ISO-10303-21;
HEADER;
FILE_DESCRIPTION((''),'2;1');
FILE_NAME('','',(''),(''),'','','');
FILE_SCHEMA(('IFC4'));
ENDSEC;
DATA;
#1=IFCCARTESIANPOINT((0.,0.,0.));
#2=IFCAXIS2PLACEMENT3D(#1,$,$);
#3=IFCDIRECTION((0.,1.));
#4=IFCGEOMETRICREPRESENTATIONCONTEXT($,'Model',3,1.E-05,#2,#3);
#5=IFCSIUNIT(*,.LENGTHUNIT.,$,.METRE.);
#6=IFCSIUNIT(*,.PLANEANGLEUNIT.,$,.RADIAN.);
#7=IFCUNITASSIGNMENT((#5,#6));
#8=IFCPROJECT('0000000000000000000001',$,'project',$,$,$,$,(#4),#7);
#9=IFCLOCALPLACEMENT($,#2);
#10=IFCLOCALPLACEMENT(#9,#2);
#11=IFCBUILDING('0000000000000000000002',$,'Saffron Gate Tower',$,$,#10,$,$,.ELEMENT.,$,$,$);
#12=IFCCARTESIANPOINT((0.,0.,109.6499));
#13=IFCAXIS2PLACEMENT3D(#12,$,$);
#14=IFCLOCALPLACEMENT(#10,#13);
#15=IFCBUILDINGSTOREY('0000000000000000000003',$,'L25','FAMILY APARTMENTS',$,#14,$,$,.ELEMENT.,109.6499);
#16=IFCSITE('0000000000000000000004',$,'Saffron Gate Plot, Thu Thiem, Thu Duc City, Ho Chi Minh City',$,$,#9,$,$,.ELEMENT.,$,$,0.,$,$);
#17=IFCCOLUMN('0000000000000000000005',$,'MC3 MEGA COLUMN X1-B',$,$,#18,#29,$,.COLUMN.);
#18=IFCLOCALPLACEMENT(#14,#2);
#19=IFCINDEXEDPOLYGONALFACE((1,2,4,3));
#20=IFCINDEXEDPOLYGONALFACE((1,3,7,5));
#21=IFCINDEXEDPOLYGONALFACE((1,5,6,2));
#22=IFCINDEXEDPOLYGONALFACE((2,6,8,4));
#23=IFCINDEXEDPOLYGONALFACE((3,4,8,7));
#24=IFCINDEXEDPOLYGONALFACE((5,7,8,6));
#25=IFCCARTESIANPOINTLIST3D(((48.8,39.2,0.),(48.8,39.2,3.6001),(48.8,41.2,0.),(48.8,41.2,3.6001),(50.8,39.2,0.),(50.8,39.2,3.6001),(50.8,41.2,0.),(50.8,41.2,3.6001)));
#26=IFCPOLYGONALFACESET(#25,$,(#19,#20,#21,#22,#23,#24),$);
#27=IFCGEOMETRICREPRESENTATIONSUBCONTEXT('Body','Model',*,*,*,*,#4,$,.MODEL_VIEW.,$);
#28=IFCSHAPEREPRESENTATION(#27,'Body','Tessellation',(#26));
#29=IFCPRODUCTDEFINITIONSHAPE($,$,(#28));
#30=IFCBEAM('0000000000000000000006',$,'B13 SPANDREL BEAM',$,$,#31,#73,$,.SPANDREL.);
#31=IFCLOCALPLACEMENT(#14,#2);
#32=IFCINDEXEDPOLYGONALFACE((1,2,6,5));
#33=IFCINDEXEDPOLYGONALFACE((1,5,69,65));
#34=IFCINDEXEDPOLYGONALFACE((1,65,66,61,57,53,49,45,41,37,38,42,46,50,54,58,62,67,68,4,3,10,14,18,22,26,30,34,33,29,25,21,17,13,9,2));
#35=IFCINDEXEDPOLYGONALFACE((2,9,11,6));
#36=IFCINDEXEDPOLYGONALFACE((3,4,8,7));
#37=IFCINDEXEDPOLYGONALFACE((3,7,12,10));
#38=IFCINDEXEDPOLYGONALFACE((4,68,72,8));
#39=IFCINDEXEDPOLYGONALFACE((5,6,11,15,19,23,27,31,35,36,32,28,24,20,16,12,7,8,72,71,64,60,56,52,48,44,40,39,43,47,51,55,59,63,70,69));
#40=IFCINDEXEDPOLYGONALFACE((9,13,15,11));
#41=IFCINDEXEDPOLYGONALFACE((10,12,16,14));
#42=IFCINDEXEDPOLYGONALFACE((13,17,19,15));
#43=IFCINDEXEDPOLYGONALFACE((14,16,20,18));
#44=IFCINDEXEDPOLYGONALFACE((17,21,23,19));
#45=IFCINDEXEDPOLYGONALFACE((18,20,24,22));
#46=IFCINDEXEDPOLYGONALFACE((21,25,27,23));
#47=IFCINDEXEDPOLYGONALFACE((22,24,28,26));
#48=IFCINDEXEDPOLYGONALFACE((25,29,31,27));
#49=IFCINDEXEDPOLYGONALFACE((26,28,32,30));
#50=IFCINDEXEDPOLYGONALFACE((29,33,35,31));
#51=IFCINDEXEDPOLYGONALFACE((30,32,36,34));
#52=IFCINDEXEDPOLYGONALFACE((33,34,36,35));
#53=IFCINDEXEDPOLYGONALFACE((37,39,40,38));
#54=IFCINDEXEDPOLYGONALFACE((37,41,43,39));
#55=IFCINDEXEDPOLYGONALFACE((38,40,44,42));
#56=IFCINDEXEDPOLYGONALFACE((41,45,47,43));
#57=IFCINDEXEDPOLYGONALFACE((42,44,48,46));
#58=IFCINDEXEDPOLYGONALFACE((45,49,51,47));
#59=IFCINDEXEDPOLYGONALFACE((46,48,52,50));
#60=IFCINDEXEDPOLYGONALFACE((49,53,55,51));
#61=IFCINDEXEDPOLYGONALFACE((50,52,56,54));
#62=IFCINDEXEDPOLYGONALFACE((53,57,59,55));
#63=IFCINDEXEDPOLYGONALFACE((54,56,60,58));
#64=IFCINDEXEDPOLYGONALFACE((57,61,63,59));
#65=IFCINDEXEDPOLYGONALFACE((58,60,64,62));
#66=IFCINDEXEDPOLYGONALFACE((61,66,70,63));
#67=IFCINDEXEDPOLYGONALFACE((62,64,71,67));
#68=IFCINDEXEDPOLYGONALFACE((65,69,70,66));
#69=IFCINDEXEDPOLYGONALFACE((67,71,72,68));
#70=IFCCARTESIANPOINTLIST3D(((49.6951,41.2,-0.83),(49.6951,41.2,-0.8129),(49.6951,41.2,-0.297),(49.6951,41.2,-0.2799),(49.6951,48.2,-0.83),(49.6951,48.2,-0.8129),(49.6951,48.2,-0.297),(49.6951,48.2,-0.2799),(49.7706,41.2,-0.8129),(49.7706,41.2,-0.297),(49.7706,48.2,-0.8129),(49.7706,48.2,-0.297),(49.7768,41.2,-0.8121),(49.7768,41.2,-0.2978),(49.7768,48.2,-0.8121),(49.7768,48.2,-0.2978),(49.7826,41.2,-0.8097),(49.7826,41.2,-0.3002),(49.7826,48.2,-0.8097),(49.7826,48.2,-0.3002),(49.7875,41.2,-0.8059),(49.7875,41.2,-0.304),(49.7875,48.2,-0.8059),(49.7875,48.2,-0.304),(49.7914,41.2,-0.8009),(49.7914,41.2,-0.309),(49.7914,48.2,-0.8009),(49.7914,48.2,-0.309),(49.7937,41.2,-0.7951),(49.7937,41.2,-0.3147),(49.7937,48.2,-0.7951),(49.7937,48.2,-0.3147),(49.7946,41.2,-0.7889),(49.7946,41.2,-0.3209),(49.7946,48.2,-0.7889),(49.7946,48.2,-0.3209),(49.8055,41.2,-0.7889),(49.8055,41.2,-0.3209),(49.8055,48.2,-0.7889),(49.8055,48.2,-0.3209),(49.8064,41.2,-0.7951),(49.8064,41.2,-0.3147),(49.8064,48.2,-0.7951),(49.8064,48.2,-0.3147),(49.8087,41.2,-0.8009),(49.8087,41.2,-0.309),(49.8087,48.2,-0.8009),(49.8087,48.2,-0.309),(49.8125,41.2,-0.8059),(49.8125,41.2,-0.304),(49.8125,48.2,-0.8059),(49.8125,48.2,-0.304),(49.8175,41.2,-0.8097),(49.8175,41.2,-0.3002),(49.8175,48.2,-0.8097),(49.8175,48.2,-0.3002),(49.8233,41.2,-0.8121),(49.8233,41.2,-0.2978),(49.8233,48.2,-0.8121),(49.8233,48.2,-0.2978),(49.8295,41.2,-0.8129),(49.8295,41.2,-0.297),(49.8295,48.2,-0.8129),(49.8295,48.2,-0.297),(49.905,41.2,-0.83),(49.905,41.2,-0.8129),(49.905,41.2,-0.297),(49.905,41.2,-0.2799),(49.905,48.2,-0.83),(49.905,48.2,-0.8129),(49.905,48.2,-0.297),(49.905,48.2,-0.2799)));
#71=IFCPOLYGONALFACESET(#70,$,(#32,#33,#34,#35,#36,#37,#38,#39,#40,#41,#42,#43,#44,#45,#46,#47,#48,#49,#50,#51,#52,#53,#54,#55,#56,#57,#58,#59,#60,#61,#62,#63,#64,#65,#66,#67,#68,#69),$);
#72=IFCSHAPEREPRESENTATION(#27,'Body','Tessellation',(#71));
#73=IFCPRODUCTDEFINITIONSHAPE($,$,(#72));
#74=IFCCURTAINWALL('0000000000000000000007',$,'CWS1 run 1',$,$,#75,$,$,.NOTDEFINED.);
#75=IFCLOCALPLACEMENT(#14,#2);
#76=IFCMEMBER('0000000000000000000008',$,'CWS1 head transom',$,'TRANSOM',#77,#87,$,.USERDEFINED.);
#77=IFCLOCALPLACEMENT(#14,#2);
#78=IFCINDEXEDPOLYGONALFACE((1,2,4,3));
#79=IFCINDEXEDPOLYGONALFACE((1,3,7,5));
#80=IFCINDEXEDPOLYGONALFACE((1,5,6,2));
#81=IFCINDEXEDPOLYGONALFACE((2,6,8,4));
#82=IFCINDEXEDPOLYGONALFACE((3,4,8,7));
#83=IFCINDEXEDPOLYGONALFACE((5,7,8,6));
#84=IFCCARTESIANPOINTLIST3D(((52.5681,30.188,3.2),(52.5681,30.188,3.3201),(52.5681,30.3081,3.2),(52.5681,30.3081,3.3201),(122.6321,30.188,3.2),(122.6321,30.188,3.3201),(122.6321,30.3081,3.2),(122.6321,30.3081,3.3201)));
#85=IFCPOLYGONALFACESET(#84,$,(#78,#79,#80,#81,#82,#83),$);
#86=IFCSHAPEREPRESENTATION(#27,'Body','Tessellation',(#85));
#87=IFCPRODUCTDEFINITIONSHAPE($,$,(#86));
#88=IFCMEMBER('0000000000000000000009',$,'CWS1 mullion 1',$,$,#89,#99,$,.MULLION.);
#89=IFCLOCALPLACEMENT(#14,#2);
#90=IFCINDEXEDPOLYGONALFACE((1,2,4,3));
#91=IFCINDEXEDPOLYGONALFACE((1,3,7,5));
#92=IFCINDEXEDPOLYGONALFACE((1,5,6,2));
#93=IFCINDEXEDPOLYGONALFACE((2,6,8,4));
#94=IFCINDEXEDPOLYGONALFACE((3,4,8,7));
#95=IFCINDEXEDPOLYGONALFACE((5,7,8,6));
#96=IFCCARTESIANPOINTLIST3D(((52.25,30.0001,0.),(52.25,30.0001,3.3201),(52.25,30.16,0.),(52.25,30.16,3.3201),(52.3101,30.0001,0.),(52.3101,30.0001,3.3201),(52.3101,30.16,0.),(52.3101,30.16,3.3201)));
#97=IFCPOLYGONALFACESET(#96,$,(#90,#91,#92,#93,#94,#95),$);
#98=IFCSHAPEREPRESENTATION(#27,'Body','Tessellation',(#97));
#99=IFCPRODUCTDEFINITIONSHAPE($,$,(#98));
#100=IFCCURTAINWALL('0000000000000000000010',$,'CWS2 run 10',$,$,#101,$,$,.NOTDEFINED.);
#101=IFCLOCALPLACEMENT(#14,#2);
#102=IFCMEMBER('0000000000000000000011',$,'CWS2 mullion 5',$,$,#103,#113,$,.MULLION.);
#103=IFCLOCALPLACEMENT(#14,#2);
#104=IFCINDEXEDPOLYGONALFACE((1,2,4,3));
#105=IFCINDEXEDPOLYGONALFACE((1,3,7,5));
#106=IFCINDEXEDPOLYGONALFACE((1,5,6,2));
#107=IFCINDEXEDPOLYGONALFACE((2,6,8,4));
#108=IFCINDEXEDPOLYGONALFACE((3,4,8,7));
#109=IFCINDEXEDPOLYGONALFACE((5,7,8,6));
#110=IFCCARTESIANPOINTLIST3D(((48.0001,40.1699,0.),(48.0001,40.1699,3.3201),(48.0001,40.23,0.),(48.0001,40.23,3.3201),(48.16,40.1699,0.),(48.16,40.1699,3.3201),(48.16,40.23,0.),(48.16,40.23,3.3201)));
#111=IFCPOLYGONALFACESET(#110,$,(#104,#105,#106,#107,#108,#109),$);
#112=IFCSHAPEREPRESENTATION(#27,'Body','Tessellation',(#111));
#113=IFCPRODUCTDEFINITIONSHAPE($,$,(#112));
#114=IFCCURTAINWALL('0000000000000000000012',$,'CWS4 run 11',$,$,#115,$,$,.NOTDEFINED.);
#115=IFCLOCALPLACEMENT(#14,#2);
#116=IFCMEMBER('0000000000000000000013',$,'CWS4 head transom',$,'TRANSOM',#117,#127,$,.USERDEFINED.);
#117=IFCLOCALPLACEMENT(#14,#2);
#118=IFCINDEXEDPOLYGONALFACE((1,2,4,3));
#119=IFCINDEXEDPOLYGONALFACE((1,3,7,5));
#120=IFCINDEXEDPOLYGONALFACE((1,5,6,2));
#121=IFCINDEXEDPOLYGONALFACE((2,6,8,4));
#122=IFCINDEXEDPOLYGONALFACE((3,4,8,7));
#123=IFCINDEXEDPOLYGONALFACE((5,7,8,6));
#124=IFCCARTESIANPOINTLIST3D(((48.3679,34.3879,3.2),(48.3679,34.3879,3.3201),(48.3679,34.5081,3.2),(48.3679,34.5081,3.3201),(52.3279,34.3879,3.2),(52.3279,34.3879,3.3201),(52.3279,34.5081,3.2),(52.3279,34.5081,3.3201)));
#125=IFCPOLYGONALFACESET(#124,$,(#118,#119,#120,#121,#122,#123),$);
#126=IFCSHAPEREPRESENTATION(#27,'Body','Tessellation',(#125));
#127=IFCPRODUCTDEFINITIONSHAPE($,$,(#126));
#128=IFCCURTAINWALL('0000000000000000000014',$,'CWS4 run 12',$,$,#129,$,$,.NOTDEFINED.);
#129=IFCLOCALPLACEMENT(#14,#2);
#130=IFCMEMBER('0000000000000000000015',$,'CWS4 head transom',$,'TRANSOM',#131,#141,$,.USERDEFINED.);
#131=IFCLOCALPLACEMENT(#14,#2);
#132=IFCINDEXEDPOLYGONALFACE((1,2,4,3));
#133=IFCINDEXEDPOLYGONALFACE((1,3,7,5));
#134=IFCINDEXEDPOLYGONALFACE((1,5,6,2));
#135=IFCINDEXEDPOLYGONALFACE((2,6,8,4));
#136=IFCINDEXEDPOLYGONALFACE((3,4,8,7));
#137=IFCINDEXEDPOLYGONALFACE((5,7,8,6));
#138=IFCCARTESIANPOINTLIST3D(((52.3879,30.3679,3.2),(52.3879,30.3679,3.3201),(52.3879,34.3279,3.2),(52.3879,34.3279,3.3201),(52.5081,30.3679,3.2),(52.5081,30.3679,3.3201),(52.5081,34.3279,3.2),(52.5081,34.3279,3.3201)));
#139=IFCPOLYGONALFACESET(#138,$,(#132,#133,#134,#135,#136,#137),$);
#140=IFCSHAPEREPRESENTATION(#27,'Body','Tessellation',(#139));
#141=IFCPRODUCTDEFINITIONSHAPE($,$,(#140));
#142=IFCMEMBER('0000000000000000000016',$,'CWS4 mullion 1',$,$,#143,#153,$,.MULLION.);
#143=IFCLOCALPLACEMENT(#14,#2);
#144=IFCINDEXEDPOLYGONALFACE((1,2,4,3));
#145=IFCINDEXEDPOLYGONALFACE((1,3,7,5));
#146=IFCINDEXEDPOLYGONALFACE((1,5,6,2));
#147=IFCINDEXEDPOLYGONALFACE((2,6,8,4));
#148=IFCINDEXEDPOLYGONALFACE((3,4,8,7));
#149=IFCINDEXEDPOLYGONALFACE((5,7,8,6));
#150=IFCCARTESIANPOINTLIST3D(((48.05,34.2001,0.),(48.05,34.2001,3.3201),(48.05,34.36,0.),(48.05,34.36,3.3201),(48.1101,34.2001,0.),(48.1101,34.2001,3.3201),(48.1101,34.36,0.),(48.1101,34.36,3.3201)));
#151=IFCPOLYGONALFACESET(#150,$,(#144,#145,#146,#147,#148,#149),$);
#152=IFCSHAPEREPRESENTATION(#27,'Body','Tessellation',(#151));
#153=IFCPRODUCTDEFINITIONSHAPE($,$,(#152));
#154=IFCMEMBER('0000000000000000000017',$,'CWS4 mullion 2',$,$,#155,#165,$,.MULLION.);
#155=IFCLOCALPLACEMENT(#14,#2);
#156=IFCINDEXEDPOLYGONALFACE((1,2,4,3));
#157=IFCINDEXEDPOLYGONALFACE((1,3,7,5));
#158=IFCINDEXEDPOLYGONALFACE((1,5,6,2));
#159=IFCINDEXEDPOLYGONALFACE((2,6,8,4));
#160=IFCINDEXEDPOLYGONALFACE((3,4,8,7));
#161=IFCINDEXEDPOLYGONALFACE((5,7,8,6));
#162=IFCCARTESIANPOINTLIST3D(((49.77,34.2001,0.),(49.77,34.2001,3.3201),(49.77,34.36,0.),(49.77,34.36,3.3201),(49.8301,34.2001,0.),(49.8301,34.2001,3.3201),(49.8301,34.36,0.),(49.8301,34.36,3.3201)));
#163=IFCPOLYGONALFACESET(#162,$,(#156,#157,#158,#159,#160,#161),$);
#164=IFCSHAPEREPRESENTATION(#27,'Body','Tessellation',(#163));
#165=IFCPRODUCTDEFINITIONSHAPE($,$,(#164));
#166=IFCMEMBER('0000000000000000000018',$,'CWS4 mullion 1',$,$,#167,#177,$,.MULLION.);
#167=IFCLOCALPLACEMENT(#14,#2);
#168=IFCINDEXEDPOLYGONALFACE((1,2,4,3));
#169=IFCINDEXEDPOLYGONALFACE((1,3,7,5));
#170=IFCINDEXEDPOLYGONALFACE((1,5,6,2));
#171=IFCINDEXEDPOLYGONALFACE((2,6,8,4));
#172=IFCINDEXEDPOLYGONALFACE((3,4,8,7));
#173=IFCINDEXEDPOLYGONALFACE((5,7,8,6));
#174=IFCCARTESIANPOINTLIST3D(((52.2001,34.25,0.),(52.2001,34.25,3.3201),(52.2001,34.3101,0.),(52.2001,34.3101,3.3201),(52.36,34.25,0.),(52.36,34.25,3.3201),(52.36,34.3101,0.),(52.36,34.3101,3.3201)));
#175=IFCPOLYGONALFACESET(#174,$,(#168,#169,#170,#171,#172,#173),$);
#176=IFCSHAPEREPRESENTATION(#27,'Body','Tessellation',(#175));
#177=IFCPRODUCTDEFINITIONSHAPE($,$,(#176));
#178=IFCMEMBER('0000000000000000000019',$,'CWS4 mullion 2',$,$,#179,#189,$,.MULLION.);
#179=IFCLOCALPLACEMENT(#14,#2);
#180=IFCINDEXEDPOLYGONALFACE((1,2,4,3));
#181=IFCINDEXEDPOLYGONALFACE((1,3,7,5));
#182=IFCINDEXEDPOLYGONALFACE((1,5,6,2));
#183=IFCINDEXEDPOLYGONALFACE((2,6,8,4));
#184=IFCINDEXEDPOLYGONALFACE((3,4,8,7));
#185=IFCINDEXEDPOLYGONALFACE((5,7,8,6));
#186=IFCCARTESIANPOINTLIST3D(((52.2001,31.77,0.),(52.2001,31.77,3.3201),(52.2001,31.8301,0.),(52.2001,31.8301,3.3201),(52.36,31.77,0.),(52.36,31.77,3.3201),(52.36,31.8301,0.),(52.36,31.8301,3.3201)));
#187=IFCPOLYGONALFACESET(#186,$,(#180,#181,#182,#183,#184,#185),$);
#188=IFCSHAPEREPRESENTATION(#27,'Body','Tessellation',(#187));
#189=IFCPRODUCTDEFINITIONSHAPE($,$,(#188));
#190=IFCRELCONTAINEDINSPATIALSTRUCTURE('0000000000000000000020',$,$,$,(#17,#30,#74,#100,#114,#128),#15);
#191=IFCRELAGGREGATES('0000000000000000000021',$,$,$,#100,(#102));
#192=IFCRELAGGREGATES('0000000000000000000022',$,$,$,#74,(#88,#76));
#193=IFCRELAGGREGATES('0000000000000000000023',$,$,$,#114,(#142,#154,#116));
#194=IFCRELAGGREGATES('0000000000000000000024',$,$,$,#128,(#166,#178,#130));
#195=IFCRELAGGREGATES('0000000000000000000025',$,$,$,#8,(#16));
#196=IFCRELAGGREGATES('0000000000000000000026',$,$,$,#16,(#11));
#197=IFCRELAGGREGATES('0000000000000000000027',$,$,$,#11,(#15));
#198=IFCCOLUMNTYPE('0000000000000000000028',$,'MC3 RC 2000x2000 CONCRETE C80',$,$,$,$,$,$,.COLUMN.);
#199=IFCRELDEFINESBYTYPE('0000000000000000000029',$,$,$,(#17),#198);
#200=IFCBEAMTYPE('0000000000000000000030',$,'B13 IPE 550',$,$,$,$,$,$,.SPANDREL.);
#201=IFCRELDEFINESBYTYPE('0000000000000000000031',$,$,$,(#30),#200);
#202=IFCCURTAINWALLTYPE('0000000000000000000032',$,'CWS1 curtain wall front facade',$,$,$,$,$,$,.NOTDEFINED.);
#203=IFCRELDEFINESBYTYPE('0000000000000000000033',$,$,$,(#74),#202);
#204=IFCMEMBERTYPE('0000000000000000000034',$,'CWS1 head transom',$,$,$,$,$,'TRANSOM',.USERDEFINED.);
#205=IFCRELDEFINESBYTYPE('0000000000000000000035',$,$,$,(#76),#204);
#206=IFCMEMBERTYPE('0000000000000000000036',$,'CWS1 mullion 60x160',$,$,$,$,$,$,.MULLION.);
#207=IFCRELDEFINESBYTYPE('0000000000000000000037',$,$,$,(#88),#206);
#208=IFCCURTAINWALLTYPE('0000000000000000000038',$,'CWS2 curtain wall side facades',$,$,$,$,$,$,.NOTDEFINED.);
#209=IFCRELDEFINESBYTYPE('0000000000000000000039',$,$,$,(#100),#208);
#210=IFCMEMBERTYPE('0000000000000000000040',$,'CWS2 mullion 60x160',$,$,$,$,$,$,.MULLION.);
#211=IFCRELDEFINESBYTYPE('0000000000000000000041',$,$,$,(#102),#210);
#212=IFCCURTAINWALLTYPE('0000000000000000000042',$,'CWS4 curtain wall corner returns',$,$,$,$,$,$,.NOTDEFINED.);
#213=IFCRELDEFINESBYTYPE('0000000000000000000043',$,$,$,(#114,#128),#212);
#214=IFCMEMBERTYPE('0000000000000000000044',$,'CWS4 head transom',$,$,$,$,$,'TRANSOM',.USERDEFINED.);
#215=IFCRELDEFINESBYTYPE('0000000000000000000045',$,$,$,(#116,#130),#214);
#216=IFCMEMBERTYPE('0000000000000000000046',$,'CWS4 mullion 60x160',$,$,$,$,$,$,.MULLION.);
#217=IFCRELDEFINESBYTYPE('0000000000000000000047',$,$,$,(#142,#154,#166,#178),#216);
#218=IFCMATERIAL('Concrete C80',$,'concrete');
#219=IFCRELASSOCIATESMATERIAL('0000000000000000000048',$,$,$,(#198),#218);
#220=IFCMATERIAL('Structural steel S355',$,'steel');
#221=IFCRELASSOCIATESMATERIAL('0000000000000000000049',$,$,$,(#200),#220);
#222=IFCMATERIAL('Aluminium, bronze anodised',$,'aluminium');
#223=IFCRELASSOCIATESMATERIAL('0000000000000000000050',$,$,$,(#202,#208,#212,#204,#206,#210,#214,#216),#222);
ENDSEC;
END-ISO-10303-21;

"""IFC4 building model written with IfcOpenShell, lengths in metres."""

from ifc_helpers import new_model, si_unit, direction, frame, origin, origin_2d, place, context, subcontext, project, spatial, rectangle, i_section, extrude, material, material_profile, profile_set, type_object, element, aggregate, save


model = new_model("IFC4")

# Units and contexts
model_context = context("Model", 3, precision=1e-05, world=origin(), true_north=direction((0.0, 1.0)))
body_context = subcontext(model_context, "Body", "Model", "MODEL_VIEW")
ifc_project = project(units=[si_unit("LENGTHUNIT", "METRE"), si_unit("PLANEANGLEUNIT", "RADIAN")], contexts=[model_context])

# Site, building, storey
site_placement = place(None, origin())
site = spatial("IfcSite", under=ifc_project, at=site_placement, Name="Saffron Gate Plot, Thu Thiem, Thu Duc City, Ho Chi Minh City", CompositionType="ELEMENT", RefElevation=0.0)
building_placement = place(site_placement, origin())
building = spatial("IfcBuilding", under=site, at=building_placement, Name="Saffron Gate Tower", CompositionType="ELEMENT")
storey_placement = place(building_placement, frame((0.0, 0.0, 109.6499)))
storey = spatial("IfcBuildingStorey", under=building, at=storey_placement, Name="L25", Description="FAMILY APARTMENTS", CompositionType="ELEMENT", Elevation=109.6499)

# Column
ifc_material_1 = material(Name="Concrete C80", Category="concrete")
ifc_material_profile_1 = material_profile(ifc_material_1, rectangle(XDim=2.0, YDim=2.0, at=origin_2d()))
ifc_profile_set_1 = profile_set([ifc_material_profile_1], Name="Concrete C80")
column_type = type_object("IfcColumnType", Name="MC3 RC 2000x2000 CONCRETE C80", PredefinedType="COLUMN", material=ifc_profile_set_1)
column_placement = place(storey_placement, frame((49.8, 40.2, 0.0), z_axis=(0.0, 0.0, 1.0), x_axis=(1.0, 0.0, 0.0)))
element("IfcColumn", 1, at=column_placement, inside=storey, type_object=column_type, Name="MC3 MEGA COLUMN X1-B", PredefinedType="COLUMN", context=body_context, shape_type="SweptSolid", body=[
    extrude(rectangle(XDim=2.0, YDim=2.0, at=origin_2d()), origin(), (0.0, 0.0, 1.0), 3.6001),
])

# Beam
ifc_material_2 = material(Name="Structural steel S355", Category="steel")
ifc_material_profile_2 = material_profile(ifc_material_2, i_section(OverallWidth=0.21, OverallDepth=0.55, WebThickness=0.011, FlangeThickness=0.0171, FilletRadius=0.0239, at=origin_2d()))
ifc_profile_set_2 = profile_set([ifc_material_profile_2], Name="Structural steel S355")
beam_type = type_object("IfcBeamType", Name="B13 IPE 550", PredefinedType="SPANDREL", material=ifc_profile_set_2)
beam_placement = place(storey_placement, frame((49.8, 41.2, -0.5549), z_axis=(0.0, 1.0, 0.0), x_axis=(-1.0, 0.0, 0.0)))
element("IfcBeam", 2, at=beam_placement, inside=storey, type_object=beam_type, Name="B13 SPANDREL BEAM", PredefinedType="SPANDREL", context=body_context, shape_type="SweptSolid", body=[
    extrude(i_section(OverallWidth=0.21, OverallDepth=0.55, WebThickness=0.011, FlangeThickness=0.0171, FilletRadius=0.0239, at=origin_2d()), origin(), (0.0, 0.0, 1.0), 7.0),
])

# Curtain wall, members
ifc_material_3 = material(Name="Aluminium, bronze anodised", Category="aluminium")
curtain_wall_type_1 = type_object("IfcCurtainWallType", Name="CWS1 curtain wall front facade", PredefinedType="NOTDEFINED", material=ifc_material_3)
curtain_wall_1_placement = place(storey_placement, origin())
curtain_wall_1 = element("IfcCurtainWall", 3, at=curtain_wall_1_placement, inside=storey, type_object=curtain_wall_type_1, Name="CWS1 run 1", PredefinedType="NOTDEFINED")
ifc_material_profile_3 = material_profile(ifc_material_3, rectangle(XDim=0.1201, YDim=0.1201, at=origin_2d()))
ifc_profile_set_3 = profile_set([ifc_material_profile_3], Name="Aluminium, bronze anodised")
member_type_1 = type_object("IfcMemberType", Name="CWS1 head transom", ElementType="TRANSOM", PredefinedType="USERDEFINED", material=ifc_profile_set_3)
member_1_placement = place(storey_placement, frame((52.5681, 30.248, 3.26), z_axis=(1.0, 0.0, 0.0), x_axis=(0.0, 1.0, 0.0)))
member_1 = element("IfcMember", 4, at=member_1_placement, type_object=member_type_1, Name="CWS1 head transom", ObjectType="TRANSOM", PredefinedType="USERDEFINED", context=body_context, shape_type="SweptSolid", body=[
    extrude(rectangle(XDim=0.1201, YDim=0.1201, at=origin_2d()), origin(), (0.0, 0.0, 1.0), 70.064),
])
ifc_material_profile_4 = material_profile(ifc_material_3, rectangle(XDim=0.1599, YDim=0.0601, at=origin_2d()))
ifc_profile_set_4 = profile_set([ifc_material_profile_4], Name="Aluminium, bronze anodised")
member_type_2 = type_object("IfcMemberType", Name="CWS1 mullion 60x160", PredefinedType="MULLION", material=ifc_profile_set_4)
member_2_placement = place(storey_placement, frame((52.28, 30.0801, 0.0), z_axis=(0.0, 0.0, 1.0), x_axis=(0.0, 1.0, 0.0)))
member_2 = element("IfcMember", 5, at=member_2_placement, type_object=member_type_2, Name="CWS1 mullion 1", PredefinedType="MULLION", context=body_context, shape_type="SweptSolid", body=[
    extrude(rectangle(XDim=0.1599, YDim=0.0601, at=origin_2d()), origin(), (0.0, 0.0, 1.0), 3.3201),
])

# Curtain walls, members
curtain_wall_type_2 = type_object("IfcCurtainWallType", Name="CWS2 curtain wall side facades", PredefinedType="NOTDEFINED", material=ifc_material_3)
curtain_wall_2_placement = place(storey_placement, origin())
curtain_wall_2 = element("IfcCurtainWall", 6, at=curtain_wall_2_placement, inside=storey, type_object=curtain_wall_type_2, Name="CWS2 run 10", PredefinedType="NOTDEFINED")
ifc_material_profile_5 = material_profile(ifc_material_3, rectangle(XDim=0.1599, YDim=0.0601, at=origin_2d()))
ifc_profile_set_5 = profile_set([ifc_material_profile_5], Name="Aluminium, bronze anodised")
member_type_3 = type_object("IfcMemberType", Name="CWS2 mullion 60x160", PredefinedType="MULLION", material=ifc_profile_set_5)
member_3_placement = place(storey_placement, frame((48.0801, 40.2, 0.0), z_axis=(0.0, 0.0, 1.0), x_axis=(1.0, 0.0, 0.0)))
member_3 = element("IfcMember", 7, at=member_3_placement, type_object=member_type_3, Name="CWS2 mullion 5", PredefinedType="MULLION", context=body_context, shape_type="SweptSolid", body=[
    extrude(rectangle(XDim=0.1599, YDim=0.0601, at=origin_2d()), origin(), (0.0, 0.0, 1.0), 3.3201),
])
aggregate(curtain_wall_2, [member_3])
curtain_wall_type_3 = type_object("IfcCurtainWallType", Name="CWS4 curtain wall corner returns", PredefinedType="NOTDEFINED", material=ifc_material_3)
curtain_wall_3_placement = place(storey_placement, origin())
curtain_wall_3 = element("IfcCurtainWall", 8, at=curtain_wall_3_placement, inside=storey, type_object=curtain_wall_type_3, Name="CWS4 run 11", PredefinedType="NOTDEFINED")
ifc_material_profile_6 = material_profile(ifc_material_3, rectangle(XDim=0.1201, YDim=0.1201, at=origin_2d()))
ifc_profile_set_6 = profile_set([ifc_material_profile_6], Name="Aluminium, bronze anodised")
member_type_4 = type_object("IfcMemberType", Name="CWS4 head transom", ElementType="TRANSOM", PredefinedType="USERDEFINED", material=ifc_profile_set_6)
member_4_placement = place(storey_placement, frame((48.3679, 34.448, 3.26), z_axis=(1.0, 0.0, 0.0), x_axis=(0.0, 1.0, 0.0)))
member_4 = element("IfcMember", 9, at=member_4_placement, type_object=member_type_4, Name="CWS4 head transom", ObjectType="TRANSOM", PredefinedType="USERDEFINED", context=body_context, shape_type="SweptSolid", body=[
    extrude(rectangle(XDim=0.1201, YDim=0.1201, at=origin_2d()), origin(), (0.0, 0.0, 1.0), 3.96),
])
curtain_wall_4_placement = place(storey_placement, origin())
curtain_wall_4 = element("IfcCurtainWall", 10, at=curtain_wall_4_placement, inside=storey, type_object=curtain_wall_type_3, Name="CWS4 run 12", PredefinedType="NOTDEFINED")
member_5_placement = place(storey_placement, frame((52.448, 34.3279, 3.26), z_axis=(0.0, -1.0, 0.0), x_axis=(1.0, 0.0, 0.0)))
member_5 = element("IfcMember", 11, at=member_5_placement, type_object=member_type_4, Name="CWS4 head transom", ObjectType="TRANSOM", PredefinedType="USERDEFINED", context=body_context, shape_type="SweptSolid", body=[
    extrude(rectangle(XDim=0.1201, YDim=0.1201, at=origin_2d()), origin(), (0.0, 0.0, 1.0), 3.96),
])

# Members
ifc_material_profile_7 = material_profile(ifc_material_3, rectangle(XDim=0.1599, YDim=0.0601, at=origin_2d()))
ifc_profile_set_7 = profile_set([ifc_material_profile_7], Name="Aluminium, bronze anodised")
member_type_5 = type_object("IfcMemberType", Name="CWS4 mullion 60x160", PredefinedType="MULLION", material=ifc_profile_set_7)
member_6_placement = place(storey_placement, frame((48.0801, 34.28, 0.0), z_axis=(0.0, 0.0, 1.0), x_axis=(0.0, 1.0, 0.0)))
member_6 = element("IfcMember", 12, at=member_6_placement, type_object=member_type_5, Name="CWS4 mullion 1", PredefinedType="MULLION", context=body_context, shape_type="SweptSolid", body=[
    extrude(rectangle(XDim=0.1599, YDim=0.0601, at=origin_2d()), origin(), (0.0, 0.0, 1.0), 3.3201),
])
member_7_placement = place(storey_placement, frame((49.8, 34.28, 0.0), z_axis=(0.0, 0.0, 1.0), x_axis=(0.0, 1.0, 0.0)))
member_7 = element("IfcMember", 13, at=member_7_placement, type_object=member_type_5, Name="CWS4 mullion 2", PredefinedType="MULLION", context=body_context, shape_type="SweptSolid", body=[
    extrude(rectangle(XDim=0.1599, YDim=0.0601, at=origin_2d()), origin(), (0.0, 0.0, 1.0), 3.3201),
])
member_8_placement = place(storey_placement, frame((52.28, 34.28, 0.0), z_axis=(0.0, 0.0, 1.0), x_axis=(1.0, 0.0, 0.0)))
member_8 = element("IfcMember", 14, at=member_8_placement, type_object=member_type_5, Name="CWS4 mullion 1", PredefinedType="MULLION", context=body_context, shape_type="SweptSolid", body=[
    extrude(rectangle(XDim=0.1599, YDim=0.0601, at=origin_2d()), origin(), (0.0, 0.0, 1.0), 3.3201),
])
member_9_placement = place(storey_placement, frame((52.28, 31.8, 0.0), z_axis=(0.0, 0.0, 1.0), x_axis=(1.0, 0.0, 0.0)))
member_9 = element("IfcMember", 15, at=member_9_placement, type_object=member_type_5, Name="CWS4 mullion 2", PredefinedType="MULLION", context=body_context, shape_type="SweptSolid", body=[
    extrude(rectangle(XDim=0.1599, YDim=0.0601, at=origin_2d()), origin(), (0.0, 0.0, 1.0), 3.3201),
])

aggregate(curtain_wall_1, [member_2, member_1])

aggregate(curtain_wall_3, [member_6, member_7, member_4])
aggregate(curtain_wall_4, [member_8, member_9, member_5])

save(model, "model.ifc")
